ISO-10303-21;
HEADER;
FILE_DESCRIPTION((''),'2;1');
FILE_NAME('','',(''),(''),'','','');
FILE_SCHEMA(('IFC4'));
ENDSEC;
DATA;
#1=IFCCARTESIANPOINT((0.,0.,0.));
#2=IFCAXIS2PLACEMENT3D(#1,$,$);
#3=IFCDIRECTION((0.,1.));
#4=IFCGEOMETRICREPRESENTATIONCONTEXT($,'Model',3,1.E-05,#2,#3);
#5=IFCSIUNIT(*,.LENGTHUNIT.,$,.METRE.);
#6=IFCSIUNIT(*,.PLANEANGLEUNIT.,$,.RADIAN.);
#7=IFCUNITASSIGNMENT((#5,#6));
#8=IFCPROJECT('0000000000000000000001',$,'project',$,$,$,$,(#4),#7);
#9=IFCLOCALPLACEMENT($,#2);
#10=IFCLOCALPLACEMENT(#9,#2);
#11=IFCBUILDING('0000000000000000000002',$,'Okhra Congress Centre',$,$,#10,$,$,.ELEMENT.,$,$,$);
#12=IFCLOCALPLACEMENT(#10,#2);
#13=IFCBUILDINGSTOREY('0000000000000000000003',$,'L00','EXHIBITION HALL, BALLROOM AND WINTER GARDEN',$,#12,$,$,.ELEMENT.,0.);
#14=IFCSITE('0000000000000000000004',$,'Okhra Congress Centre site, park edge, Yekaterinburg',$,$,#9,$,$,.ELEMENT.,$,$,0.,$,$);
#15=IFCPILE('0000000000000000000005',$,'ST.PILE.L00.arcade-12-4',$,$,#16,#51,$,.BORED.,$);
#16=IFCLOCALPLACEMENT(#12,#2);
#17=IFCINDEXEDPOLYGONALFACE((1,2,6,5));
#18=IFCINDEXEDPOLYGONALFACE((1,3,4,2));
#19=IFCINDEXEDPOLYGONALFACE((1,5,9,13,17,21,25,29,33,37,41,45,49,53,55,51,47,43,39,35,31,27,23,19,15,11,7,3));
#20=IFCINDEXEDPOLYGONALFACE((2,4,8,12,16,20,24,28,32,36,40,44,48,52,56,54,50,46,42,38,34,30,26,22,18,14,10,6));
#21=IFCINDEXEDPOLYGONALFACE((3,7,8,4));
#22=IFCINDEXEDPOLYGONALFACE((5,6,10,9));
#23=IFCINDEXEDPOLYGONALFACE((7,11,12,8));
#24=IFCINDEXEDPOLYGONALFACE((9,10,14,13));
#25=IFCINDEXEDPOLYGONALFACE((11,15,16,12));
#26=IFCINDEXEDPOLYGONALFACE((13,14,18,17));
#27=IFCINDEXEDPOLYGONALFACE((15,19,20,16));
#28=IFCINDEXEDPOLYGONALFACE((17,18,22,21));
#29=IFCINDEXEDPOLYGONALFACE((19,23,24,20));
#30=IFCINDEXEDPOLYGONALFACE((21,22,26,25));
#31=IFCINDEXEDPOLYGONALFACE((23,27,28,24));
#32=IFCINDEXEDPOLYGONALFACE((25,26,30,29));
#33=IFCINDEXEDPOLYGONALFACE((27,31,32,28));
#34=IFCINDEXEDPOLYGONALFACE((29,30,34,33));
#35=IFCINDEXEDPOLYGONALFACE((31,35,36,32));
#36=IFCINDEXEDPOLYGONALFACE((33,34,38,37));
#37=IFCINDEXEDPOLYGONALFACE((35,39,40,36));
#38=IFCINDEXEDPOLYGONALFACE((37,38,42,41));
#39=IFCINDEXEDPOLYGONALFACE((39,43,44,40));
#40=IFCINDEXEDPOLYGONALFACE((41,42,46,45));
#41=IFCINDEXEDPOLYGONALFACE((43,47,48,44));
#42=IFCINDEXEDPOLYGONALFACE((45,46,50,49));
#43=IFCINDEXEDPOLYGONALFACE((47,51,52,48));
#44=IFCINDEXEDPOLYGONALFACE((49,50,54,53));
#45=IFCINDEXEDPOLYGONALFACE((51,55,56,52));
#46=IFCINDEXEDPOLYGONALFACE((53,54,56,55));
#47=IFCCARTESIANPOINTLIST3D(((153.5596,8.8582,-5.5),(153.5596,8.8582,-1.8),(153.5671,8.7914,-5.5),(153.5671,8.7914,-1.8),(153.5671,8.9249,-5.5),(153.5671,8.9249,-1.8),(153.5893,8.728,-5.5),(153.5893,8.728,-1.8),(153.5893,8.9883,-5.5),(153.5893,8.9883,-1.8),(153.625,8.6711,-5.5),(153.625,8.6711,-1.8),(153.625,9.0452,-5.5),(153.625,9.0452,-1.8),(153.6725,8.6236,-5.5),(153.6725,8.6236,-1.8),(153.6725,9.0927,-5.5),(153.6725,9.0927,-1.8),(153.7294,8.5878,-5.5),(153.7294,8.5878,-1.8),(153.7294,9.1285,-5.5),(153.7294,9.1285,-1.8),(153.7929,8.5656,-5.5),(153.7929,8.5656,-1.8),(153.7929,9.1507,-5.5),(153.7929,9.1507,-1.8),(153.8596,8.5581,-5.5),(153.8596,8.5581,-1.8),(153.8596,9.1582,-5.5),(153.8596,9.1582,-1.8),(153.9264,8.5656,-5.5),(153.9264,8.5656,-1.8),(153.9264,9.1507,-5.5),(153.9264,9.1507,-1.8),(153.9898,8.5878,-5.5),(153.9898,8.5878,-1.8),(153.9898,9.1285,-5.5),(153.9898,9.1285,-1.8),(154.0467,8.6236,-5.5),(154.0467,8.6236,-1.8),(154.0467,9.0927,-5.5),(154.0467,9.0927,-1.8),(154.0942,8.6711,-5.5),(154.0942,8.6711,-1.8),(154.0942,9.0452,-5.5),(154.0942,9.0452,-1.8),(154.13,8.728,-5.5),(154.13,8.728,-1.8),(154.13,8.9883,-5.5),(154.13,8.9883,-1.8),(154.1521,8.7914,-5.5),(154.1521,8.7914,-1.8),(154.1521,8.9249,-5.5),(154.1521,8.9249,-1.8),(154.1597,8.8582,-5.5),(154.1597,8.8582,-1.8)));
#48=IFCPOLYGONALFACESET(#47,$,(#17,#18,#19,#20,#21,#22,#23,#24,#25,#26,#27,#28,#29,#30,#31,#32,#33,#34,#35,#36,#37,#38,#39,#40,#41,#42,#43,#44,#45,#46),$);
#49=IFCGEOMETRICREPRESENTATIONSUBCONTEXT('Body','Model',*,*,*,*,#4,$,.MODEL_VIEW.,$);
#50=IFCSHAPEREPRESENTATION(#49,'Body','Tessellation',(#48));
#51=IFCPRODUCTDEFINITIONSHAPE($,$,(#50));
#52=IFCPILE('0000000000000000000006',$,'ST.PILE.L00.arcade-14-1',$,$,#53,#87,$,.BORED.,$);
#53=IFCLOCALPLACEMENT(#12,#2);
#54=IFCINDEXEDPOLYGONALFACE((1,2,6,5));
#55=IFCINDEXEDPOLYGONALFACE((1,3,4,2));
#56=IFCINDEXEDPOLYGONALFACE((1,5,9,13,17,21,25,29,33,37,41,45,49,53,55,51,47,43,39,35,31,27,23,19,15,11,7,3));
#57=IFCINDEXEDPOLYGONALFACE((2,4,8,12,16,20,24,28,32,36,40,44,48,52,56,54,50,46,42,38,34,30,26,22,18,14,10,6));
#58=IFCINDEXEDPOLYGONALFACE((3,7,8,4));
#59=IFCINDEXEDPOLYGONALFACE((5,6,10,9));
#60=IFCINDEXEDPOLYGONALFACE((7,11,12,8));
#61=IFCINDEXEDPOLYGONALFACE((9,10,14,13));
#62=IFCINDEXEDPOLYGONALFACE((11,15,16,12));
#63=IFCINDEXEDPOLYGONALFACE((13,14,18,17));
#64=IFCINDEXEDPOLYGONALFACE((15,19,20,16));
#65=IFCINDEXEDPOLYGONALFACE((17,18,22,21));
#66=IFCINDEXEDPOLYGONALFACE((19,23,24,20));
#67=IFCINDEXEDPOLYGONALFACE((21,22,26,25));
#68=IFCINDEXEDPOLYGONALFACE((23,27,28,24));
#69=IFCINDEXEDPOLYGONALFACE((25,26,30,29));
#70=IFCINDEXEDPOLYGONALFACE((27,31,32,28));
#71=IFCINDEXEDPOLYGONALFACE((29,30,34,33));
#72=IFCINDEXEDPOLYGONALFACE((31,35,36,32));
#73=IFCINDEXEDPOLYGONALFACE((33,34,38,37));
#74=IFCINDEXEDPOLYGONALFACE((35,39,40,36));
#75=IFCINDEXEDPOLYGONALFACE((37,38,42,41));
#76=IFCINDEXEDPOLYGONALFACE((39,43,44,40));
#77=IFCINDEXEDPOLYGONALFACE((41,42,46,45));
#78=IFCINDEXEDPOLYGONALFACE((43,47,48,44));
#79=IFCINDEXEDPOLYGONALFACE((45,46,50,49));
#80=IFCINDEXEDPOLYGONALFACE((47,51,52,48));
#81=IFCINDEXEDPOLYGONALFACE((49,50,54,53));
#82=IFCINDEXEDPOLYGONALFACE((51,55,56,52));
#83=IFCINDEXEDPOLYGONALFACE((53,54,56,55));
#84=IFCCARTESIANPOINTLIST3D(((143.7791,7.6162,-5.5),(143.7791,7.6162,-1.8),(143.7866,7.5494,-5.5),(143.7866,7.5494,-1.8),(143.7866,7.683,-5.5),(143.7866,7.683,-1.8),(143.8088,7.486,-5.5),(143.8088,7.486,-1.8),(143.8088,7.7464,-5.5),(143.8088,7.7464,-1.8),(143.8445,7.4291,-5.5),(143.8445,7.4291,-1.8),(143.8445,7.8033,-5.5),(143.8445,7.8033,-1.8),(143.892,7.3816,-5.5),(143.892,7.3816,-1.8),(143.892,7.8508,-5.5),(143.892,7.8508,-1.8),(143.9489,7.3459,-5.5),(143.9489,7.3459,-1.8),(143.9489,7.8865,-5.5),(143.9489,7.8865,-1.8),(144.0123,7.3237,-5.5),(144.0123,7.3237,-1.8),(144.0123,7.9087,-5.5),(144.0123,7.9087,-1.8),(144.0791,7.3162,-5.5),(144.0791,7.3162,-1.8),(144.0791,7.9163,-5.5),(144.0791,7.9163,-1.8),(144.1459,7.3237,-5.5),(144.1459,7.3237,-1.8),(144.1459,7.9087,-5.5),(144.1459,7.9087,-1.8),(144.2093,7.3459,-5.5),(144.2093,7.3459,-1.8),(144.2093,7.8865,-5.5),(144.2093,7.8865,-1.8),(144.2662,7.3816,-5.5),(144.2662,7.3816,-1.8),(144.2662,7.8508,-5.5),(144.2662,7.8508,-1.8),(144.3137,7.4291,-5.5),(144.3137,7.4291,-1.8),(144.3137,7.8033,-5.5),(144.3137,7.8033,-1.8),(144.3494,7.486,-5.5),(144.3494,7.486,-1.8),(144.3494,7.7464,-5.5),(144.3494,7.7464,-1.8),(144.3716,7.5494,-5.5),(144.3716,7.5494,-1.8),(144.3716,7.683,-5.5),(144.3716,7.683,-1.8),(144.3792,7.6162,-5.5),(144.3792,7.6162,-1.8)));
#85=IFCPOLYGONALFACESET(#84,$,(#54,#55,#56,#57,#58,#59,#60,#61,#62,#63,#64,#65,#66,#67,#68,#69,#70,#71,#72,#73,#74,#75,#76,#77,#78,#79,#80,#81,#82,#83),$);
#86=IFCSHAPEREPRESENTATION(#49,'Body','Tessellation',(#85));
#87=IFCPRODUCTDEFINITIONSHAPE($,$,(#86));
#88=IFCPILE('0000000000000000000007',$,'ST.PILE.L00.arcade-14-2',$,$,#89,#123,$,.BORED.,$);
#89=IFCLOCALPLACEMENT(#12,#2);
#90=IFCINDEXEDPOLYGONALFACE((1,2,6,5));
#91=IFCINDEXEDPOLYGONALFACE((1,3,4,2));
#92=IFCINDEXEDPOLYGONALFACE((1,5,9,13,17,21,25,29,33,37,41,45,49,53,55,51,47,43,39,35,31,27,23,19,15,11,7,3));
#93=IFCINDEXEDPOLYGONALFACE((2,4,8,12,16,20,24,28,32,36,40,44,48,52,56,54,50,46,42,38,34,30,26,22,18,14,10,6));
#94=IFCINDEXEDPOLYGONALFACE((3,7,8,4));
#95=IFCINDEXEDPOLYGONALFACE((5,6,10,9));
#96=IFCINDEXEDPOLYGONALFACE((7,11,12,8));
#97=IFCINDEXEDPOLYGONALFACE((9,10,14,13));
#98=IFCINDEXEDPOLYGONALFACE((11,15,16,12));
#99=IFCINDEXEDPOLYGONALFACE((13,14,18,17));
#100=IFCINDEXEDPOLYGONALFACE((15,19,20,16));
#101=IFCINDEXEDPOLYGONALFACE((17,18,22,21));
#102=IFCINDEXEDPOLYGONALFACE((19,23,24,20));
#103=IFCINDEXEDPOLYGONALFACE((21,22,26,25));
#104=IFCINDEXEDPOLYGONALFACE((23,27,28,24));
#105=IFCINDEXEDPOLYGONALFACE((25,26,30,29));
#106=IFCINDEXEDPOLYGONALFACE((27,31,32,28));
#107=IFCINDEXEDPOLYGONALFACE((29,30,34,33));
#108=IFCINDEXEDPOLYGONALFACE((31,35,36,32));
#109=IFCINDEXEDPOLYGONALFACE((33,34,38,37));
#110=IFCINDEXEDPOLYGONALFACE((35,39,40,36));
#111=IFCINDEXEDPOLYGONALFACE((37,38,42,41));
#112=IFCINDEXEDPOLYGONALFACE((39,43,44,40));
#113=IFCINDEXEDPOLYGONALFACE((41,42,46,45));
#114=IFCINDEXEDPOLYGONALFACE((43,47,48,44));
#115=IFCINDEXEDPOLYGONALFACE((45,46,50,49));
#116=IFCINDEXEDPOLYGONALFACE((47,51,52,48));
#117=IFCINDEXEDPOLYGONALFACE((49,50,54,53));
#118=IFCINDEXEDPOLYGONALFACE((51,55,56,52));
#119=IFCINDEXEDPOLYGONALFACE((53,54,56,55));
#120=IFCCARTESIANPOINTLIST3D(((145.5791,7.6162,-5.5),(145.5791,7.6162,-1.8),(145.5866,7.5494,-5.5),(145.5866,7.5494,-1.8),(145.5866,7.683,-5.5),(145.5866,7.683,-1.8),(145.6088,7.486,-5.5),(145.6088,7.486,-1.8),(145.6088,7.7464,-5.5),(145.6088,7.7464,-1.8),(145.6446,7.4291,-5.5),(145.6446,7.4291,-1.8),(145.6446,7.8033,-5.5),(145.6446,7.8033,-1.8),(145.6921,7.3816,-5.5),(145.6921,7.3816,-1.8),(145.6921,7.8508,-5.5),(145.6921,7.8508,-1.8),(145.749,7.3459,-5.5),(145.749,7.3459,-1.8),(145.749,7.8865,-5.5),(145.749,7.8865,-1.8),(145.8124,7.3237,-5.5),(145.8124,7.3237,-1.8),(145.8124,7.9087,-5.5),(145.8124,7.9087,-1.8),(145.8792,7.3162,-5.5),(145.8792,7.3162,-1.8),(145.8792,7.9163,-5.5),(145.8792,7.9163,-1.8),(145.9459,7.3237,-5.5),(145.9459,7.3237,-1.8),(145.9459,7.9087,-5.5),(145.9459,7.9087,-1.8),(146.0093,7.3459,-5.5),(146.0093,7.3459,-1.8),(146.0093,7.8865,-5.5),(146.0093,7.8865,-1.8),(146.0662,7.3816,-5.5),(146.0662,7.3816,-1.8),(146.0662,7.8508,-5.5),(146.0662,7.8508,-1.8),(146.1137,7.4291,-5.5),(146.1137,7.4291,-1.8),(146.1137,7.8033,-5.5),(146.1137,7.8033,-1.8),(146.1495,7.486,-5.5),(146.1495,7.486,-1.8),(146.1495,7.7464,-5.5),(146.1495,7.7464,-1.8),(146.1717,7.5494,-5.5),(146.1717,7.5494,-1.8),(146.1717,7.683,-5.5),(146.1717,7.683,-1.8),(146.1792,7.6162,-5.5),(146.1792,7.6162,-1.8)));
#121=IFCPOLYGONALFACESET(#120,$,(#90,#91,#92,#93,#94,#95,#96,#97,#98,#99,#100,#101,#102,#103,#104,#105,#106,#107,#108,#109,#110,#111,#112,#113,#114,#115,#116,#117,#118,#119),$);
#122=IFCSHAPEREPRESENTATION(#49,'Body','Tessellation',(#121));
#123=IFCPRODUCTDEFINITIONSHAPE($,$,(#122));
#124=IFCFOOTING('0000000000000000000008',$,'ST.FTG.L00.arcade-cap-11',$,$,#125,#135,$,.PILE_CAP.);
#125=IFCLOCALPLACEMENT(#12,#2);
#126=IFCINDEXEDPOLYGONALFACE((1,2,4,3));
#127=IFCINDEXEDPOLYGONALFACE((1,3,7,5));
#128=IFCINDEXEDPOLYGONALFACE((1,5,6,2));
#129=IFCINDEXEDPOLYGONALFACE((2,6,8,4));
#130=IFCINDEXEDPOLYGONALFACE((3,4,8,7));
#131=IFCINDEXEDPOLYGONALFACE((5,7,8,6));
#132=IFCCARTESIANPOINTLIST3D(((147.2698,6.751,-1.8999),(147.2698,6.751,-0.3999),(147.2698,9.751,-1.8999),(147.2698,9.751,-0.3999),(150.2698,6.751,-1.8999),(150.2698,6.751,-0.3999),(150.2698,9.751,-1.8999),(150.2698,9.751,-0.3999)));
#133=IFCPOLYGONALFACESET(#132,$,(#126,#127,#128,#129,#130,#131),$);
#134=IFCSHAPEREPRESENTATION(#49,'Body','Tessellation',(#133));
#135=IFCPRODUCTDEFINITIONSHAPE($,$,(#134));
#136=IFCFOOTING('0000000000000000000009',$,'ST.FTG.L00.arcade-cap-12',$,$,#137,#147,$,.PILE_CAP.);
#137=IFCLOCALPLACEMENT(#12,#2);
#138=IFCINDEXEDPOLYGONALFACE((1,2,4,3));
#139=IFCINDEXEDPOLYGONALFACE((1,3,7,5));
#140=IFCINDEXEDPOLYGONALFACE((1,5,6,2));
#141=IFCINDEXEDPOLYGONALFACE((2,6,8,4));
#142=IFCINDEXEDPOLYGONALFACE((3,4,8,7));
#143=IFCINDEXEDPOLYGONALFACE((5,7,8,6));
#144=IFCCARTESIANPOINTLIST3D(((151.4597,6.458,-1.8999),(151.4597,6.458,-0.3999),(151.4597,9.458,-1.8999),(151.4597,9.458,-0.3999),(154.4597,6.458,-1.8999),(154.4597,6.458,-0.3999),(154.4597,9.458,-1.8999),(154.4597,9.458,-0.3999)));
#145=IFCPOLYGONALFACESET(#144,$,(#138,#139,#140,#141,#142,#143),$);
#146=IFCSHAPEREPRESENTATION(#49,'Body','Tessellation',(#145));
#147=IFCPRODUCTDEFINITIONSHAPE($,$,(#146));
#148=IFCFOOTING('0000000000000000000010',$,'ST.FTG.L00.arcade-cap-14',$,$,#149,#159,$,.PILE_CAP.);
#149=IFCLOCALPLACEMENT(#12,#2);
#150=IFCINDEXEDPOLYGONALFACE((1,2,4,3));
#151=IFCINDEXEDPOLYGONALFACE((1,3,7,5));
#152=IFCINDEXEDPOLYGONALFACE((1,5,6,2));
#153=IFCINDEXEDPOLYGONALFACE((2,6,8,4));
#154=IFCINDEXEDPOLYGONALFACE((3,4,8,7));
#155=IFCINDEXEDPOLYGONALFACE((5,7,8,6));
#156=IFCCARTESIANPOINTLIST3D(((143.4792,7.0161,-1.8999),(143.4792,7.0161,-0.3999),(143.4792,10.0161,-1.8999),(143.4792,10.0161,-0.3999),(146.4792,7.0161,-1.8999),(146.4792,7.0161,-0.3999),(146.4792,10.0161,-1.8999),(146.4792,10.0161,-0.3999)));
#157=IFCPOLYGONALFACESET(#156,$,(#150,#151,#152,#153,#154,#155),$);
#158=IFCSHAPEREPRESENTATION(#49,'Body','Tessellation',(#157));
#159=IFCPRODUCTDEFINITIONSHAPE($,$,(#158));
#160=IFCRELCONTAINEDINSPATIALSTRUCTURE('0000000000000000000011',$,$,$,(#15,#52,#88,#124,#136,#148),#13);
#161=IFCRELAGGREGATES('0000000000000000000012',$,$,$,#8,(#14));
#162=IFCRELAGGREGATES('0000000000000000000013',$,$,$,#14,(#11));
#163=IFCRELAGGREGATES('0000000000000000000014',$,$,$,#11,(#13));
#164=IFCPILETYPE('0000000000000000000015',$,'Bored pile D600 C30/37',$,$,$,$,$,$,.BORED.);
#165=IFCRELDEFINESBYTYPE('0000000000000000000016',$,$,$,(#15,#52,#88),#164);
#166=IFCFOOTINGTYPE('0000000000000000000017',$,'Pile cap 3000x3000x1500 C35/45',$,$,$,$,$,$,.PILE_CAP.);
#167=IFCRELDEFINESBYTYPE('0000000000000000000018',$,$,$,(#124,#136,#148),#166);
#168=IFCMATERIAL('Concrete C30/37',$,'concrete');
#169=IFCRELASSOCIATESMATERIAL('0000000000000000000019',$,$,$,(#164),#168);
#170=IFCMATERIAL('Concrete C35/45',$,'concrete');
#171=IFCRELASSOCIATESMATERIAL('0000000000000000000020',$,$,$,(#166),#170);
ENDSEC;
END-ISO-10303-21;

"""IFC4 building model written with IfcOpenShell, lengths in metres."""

from ifc_helpers import new_model, si_unit, direction, frame, origin, origin_2d, place, context, subcontext, project, spatial, rectangle, circle, extrude, material, material_profile, profile_set, type_object, element, save


model = new_model("IFC4")

# Units and contexts
model_context = context("Model", 3, precision=1e-05, world=origin(), true_north=direction((0.0, 1.0)))
body_context = subcontext(model_context, "Body", "Model", "MODEL_VIEW")
ifc_project = project(units=[si_unit("LENGTHUNIT", "METRE"), si_unit("PLANEANGLEUNIT", "RADIAN")], contexts=[model_context])

# Site, building, storey
site_placement = place(None, origin())
site = spatial("IfcSite", under=ifc_project, at=site_placement, Name="Okhra Congress Centre site, park edge, Yekaterinburg", CompositionType="ELEMENT", RefElevation=0.0)
building_placement = place(site_placement, origin())
building = spatial("IfcBuilding", under=site, at=building_placement, Name="Okhra Congress Centre", CompositionType="ELEMENT")
storey_placement = place(building_placement, origin())
storey = spatial("IfcBuildingStorey", under=building, at=storey_placement, Name="L00", Description="EXHIBITION HALL, BALLROOM AND WINTER GARDEN", CompositionType="ELEMENT", Elevation=0.0)

# Piles
ifc_material_1 = material(Name="Concrete C30/37", Category="concrete")
ifc_material_profile_1 = material_profile(ifc_material_1, circle(Radius=0.3, at=origin_2d()), Name="D600")
ifc_profile_set_1 = profile_set([ifc_material_profile_1], Name="Concrete C30/37")
pile_type = type_object("IfcPileType", Name="Bored pile D600 C30/37", PredefinedType="BORED", material=ifc_profile_set_1)
for number, where, z_axis, x_axis, name in (
    (1, (153.8596, 8.8582, -1.8), (0.0, 0.0, -1.0), (1.0, 0.0, 0.0), "ST.PILE.L00.arcade-12-4"),
    (2, (144.0791, 7.6162, -1.8), (0.0, 0.0, -1.0), (1.0, 0.0, 0.0), "ST.PILE.L00.arcade-14-1"),
    (3, (145.8792, 7.6162, -1.8), (0.0, 0.0, -1.0), (1.0, 0.0, 0.0), "ST.PILE.L00.arcade-14-2"),
):
    element("IfcPile", number, at=place(storey_placement, frame(where, z_axis=z_axis, x_axis=x_axis)), inside=storey, type_object=pile_type, Name=name, PredefinedType="BORED", context=body_context, shape_type="SweptSolid", body=[
        extrude(circle(Radius=0.3, at=origin_2d()), origin(), (0.0, 0.0, 1.0), 3.7),
    ])

# Footings
ifc_material_2 = material(Name="Concrete C35/45", Category="concrete")
footing_type = type_object("IfcFootingType", Name="Pile cap 3000x3000x1500 C35/45", PredefinedType="PILE_CAP", material=ifc_material_2)
for number, where, z_axis, x_axis, name in (
    (4, (148.7698, 8.251, -1.8999), (0.0, 0.0, 1.0), (1.0, 0.0, 0.0), "ST.FTG.L00.arcade-cap-11"),
    (5, (152.9597, 7.958, -1.8999), (0.0, 0.0, 1.0), (1.0, 0.0, 0.0), "ST.FTG.L00.arcade-cap-12"),
    (6, (144.9792, 8.5161, -1.8999), (0.0, 0.0, 1.0), (1.0, 0.0, 0.0), "ST.FTG.L00.arcade-cap-14"),
):
    element("IfcFooting", number, at=place(storey_placement, frame(where, z_axis=z_axis, x_axis=x_axis)), inside=storey, type_object=footing_type, Name=name, PredefinedType="PILE_CAP", context=body_context, shape_type="SweptSolid", body=[
        extrude(rectangle(XDim=3.0, YDim=3.0, at=origin_2d()), origin(), (0.0, 0.0, 1.0), 1.5),
    ])

save(model, "model.ifc")
